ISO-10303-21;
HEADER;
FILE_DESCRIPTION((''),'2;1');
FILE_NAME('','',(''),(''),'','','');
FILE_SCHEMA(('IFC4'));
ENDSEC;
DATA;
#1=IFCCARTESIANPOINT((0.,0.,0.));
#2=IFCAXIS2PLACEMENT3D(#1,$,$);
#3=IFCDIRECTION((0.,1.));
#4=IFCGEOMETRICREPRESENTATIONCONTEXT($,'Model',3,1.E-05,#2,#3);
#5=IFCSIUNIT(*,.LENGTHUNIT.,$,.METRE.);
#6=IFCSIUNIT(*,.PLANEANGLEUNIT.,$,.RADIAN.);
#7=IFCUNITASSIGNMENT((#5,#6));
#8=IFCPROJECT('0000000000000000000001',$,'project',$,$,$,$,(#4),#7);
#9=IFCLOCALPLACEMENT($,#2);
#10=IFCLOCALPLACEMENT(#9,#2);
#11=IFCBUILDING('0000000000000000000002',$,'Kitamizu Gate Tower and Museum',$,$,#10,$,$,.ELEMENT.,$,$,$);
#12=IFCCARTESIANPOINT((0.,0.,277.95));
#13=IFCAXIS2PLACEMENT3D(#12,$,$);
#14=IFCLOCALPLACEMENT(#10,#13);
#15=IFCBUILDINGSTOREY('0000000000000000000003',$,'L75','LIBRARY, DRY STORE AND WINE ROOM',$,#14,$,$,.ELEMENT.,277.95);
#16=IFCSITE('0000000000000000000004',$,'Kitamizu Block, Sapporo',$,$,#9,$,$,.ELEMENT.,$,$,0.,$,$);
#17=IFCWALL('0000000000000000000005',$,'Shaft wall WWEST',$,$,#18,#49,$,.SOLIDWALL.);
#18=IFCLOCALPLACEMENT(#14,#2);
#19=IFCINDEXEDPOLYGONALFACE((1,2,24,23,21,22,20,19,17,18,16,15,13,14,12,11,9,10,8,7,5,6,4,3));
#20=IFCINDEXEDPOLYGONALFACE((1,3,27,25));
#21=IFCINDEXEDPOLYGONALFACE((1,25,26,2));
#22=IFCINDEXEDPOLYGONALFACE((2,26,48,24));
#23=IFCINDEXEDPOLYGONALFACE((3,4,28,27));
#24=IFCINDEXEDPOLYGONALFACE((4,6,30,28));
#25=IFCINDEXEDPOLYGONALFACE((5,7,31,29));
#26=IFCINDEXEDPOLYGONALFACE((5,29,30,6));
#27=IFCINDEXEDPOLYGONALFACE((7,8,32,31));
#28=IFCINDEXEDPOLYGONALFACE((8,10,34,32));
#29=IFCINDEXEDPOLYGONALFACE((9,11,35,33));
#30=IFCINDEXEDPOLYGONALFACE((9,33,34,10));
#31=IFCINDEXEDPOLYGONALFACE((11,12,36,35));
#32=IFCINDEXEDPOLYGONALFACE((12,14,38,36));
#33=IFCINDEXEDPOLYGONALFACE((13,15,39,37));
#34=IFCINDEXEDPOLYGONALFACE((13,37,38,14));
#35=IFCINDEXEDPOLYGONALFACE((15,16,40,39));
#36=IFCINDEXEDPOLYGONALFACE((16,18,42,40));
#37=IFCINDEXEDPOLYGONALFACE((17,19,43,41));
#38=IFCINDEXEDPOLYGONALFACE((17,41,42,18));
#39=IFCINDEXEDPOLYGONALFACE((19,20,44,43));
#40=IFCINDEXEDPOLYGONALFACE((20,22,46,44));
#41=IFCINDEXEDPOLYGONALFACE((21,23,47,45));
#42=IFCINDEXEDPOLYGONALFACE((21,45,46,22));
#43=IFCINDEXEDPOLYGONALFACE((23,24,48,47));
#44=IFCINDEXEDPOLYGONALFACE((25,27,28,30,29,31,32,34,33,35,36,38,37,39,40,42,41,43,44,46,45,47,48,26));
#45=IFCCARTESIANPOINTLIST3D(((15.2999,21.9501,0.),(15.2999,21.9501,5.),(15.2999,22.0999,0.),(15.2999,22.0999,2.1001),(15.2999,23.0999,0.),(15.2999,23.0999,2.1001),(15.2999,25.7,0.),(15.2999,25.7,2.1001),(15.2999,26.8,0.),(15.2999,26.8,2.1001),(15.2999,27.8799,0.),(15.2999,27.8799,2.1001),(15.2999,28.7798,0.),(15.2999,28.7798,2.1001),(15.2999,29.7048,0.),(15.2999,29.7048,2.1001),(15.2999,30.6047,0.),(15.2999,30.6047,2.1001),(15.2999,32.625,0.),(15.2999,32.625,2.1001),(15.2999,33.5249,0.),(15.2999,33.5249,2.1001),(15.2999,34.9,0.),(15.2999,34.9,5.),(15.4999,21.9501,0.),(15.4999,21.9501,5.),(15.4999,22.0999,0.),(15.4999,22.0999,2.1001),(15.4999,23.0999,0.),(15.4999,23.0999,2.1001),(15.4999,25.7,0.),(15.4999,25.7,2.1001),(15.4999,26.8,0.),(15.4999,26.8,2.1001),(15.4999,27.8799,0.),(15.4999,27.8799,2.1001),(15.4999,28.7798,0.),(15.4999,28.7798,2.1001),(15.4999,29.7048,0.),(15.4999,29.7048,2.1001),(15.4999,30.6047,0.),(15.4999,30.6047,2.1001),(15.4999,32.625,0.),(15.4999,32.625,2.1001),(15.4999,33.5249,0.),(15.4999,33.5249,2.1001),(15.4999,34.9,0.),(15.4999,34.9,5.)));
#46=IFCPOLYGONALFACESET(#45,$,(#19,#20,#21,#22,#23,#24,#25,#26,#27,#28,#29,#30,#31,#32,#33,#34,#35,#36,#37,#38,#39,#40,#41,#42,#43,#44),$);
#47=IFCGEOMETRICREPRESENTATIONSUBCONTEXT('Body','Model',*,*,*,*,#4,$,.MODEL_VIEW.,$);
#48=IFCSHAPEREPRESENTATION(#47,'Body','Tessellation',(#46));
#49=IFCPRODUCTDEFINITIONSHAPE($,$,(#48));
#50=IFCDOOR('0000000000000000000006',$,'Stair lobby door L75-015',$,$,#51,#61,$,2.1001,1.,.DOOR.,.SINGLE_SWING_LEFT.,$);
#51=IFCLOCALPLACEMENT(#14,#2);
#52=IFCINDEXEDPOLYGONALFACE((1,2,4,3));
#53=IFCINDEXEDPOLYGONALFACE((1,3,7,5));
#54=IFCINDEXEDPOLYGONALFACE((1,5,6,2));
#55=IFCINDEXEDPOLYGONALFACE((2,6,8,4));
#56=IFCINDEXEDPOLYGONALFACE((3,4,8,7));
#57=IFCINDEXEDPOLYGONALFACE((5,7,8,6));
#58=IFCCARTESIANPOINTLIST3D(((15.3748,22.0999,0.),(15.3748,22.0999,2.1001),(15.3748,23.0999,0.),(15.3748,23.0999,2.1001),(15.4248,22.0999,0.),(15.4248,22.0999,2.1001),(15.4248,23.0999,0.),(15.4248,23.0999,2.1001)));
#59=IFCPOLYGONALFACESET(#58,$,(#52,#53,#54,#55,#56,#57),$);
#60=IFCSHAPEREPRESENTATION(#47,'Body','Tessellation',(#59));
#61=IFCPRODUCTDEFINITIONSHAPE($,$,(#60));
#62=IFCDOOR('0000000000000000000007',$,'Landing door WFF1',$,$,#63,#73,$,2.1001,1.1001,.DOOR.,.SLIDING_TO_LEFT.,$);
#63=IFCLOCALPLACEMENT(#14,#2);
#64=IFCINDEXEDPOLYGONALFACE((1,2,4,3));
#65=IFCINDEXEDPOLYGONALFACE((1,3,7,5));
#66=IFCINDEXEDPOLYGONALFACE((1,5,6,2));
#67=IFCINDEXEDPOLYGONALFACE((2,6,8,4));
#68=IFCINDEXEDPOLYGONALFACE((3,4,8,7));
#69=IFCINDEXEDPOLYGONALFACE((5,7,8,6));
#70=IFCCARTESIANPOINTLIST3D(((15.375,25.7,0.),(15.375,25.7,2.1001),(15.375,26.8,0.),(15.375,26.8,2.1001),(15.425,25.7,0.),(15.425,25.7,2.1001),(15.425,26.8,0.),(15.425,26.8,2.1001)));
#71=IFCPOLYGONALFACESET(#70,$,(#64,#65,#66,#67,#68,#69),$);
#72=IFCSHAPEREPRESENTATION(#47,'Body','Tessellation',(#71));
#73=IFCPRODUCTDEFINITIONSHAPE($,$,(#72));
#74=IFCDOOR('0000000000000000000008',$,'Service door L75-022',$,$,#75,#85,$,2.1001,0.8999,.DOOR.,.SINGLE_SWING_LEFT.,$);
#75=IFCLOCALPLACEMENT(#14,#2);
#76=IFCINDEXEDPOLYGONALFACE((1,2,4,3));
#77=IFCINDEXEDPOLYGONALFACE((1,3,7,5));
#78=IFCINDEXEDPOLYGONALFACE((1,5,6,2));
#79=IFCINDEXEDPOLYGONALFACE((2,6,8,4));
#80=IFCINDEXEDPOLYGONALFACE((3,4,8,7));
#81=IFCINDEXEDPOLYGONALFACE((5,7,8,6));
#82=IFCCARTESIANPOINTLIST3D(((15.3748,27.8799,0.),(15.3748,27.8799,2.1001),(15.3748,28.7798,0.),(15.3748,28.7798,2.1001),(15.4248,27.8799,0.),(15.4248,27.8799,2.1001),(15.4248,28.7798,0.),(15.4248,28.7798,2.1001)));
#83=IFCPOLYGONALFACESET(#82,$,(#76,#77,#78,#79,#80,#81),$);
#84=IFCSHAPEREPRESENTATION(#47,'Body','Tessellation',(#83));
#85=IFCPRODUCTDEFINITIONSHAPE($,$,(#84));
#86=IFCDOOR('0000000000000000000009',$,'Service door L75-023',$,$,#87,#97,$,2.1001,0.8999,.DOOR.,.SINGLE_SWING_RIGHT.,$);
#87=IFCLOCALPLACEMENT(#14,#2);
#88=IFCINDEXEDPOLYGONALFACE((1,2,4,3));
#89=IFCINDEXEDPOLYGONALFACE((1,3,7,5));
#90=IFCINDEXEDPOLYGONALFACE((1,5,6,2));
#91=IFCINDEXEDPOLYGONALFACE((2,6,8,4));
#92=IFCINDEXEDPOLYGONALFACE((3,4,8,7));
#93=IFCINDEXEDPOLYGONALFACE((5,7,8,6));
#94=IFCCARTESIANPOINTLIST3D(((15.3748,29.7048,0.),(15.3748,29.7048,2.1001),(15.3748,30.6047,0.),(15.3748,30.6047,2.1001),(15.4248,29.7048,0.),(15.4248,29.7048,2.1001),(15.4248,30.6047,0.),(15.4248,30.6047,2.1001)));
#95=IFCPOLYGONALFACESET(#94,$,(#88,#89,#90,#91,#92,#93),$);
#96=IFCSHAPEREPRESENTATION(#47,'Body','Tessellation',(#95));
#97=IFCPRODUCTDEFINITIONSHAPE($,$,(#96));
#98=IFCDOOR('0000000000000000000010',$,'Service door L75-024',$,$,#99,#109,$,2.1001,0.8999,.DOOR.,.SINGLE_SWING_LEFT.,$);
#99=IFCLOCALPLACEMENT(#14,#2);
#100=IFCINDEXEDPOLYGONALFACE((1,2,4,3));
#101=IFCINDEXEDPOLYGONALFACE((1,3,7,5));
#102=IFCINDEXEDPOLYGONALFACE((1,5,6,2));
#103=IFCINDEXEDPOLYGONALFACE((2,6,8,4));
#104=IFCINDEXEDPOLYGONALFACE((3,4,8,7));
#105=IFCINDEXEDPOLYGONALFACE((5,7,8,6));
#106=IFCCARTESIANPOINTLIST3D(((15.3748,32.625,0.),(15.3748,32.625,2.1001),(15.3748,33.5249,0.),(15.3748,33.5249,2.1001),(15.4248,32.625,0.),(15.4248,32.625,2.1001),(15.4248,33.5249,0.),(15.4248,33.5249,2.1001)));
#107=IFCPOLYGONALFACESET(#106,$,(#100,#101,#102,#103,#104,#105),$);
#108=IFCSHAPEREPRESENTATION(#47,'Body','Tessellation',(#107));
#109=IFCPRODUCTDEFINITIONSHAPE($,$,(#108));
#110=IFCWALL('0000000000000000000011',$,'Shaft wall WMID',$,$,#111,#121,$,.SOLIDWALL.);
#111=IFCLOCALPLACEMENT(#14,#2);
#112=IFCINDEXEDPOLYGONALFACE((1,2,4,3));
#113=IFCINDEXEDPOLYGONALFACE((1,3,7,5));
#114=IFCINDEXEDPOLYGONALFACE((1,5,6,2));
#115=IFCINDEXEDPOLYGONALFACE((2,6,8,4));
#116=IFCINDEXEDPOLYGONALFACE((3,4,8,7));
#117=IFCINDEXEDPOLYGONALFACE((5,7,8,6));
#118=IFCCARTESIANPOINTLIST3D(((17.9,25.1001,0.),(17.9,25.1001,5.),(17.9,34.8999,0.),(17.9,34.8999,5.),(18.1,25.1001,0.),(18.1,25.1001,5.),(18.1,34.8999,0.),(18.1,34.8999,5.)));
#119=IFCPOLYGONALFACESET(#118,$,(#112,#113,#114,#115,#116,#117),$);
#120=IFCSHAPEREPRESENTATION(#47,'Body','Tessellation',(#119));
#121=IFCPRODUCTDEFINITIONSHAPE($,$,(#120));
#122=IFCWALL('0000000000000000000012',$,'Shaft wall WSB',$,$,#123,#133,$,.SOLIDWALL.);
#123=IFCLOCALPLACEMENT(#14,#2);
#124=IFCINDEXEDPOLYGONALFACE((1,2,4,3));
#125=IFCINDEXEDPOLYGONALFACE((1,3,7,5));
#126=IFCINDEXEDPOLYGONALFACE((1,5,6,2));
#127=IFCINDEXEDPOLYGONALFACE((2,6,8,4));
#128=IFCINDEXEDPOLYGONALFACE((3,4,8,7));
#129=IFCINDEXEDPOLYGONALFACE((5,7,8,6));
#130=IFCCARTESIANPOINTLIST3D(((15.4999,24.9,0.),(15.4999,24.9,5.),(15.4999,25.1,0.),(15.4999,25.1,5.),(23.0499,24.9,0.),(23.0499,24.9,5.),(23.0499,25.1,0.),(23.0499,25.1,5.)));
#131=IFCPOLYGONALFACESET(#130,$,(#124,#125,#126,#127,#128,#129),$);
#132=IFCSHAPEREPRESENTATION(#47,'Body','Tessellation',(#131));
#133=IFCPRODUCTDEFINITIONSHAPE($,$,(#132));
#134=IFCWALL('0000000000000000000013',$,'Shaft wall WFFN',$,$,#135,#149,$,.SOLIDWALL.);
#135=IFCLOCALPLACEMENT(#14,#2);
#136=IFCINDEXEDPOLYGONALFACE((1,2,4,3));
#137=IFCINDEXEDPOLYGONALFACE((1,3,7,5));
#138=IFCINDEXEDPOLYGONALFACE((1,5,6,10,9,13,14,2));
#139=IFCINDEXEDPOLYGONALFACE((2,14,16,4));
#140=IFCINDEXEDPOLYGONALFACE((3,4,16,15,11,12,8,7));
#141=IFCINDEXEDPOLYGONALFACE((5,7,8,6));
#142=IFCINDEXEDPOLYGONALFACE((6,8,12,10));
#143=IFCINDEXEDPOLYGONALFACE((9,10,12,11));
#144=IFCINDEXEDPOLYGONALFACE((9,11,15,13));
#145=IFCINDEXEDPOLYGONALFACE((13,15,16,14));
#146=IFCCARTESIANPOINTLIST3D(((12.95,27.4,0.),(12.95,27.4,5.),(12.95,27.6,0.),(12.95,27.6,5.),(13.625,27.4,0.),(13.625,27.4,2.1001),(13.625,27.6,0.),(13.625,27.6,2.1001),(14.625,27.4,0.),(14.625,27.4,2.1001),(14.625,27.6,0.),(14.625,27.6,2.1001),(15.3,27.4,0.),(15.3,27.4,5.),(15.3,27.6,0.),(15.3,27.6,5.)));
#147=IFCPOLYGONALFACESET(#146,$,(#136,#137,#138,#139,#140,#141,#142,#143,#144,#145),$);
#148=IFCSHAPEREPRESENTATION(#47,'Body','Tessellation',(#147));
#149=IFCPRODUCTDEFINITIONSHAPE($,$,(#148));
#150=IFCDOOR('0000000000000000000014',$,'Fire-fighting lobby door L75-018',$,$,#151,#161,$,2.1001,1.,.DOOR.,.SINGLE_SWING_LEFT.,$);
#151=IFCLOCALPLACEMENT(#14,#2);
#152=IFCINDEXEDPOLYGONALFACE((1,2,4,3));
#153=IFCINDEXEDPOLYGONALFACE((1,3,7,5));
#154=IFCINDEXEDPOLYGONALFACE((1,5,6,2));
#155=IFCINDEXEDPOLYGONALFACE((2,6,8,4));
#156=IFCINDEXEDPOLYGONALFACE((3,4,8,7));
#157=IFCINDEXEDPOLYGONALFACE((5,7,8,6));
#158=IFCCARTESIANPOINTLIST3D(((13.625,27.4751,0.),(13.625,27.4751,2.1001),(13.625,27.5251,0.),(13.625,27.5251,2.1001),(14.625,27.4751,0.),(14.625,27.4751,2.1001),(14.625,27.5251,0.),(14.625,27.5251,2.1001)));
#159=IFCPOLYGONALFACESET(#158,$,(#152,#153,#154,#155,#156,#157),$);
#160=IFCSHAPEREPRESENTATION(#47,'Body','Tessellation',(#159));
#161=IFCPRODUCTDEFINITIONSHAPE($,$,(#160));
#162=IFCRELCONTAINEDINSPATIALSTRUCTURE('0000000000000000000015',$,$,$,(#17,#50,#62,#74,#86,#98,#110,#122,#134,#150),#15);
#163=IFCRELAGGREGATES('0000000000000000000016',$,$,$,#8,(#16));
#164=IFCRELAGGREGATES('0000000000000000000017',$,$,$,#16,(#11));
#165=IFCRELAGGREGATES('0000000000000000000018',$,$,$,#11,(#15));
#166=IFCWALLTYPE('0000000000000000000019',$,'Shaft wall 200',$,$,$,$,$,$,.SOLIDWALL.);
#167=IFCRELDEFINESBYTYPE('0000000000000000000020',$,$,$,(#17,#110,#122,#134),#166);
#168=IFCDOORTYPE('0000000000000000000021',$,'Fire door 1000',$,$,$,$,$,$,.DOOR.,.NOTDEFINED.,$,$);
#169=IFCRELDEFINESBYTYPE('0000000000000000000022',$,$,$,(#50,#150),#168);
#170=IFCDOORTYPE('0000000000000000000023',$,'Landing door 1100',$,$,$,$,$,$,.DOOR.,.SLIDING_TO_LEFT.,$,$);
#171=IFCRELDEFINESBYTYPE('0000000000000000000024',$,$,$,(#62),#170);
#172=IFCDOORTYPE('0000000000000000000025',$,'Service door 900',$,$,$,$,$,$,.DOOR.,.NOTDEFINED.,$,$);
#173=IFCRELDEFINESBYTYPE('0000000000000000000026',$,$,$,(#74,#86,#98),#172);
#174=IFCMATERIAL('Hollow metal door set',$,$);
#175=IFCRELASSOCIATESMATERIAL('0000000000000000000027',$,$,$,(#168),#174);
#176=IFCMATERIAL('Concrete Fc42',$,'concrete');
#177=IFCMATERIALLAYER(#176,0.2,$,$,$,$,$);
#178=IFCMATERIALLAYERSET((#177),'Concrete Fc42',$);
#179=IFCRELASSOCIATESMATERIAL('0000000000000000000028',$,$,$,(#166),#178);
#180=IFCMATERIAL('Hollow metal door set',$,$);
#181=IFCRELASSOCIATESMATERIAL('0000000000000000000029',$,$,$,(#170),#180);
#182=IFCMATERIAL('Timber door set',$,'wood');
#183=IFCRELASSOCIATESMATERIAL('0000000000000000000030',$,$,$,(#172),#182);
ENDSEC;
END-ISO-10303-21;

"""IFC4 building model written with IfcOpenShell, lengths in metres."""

from ifc_helpers import new_model, si_unit, direction, frame, frame_2d, origin, place, context, subcontext, project, spatial, rectangle, extrude, material, layer, layer_set, type_object, element, fill, save


model = new_model("IFC4")

# Units and contexts
model_context = context("Model", 3, precision=1e-05, world=origin(), true_north=direction((0.0, 1.0)))
body_context = subcontext(model_context, "Body", "Model", "MODEL_VIEW")
ifc_project = project(units=[si_unit("LENGTHUNIT", "METRE"), si_unit("PLANEANGLEUNIT", "RADIAN")], contexts=[model_context])

# Site, building, storey
site_placement = place(None, origin())
site = spatial("IfcSite", under=ifc_project, at=site_placement, Name="Kitamizu Block, Sapporo", CompositionType="ELEMENT", RefElevation=0.0)
building_placement = place(site_placement, origin())
building = spatial("IfcBuilding", under=site, at=building_placement, Name="Kitamizu Gate Tower and Museum", CompositionType="ELEMENT")
storey_placement = place(building_placement, frame((0.0, 0.0, 277.95)))
storey = spatial("IfcBuildingStorey", under=building, at=storey_placement, Name="L75", Description="LIBRARY, DRY STORE AND WINE ROOM", CompositionType="ELEMENT", Elevation=277.95)

# Shared definitions
ifc_material_1 = material(Name="Hollow metal door set")
door_type_1 = type_object("IfcDoorType", Name="Fire door 1000", OperationType="NOTDEFINED", PredefinedType="DOOR", material=ifc_material_1)

# Wall, openings, doors
ifc_material_2 = material(Name="Concrete Fc42", Category="concrete")
ifc_layer_1 = layer(ifc_material_2, 0.2)
ifc_layer_set_1 = layer_set([ifc_layer_1], Name="Concrete Fc42")
wall_type_1 = type_object("IfcWallType", Name="Shaft wall 200", PredefinedType="SOLIDWALL", material=ifc_layer_set_1)
wall_1_placement = place(storey_placement, frame((15.3999, 21.95, 0.0), z_axis=(0.0, 0.0, 1.0), x_axis=(0.0, 1.0, 0.0)))
wall_1 = element("IfcWall", 1, at=wall_1_placement, inside=storey, type_object=wall_type_1, Name="Shaft wall WWEST", PredefinedType="SOLIDWALL", context=body_context, shape_type="SweptSolid", body=[
    extrude(rectangle(XDim=12.95, YDim=0.2, at=frame_2d((6.4751, 0.0))), origin(), (0.0, 0.0, 1.0), 5.0),
])
opening_1_placement = place(wall_1_placement, frame((3.75, 0.0, 0.0)))
opening_1 = element("IfcOpeningElement", 2, at=opening_1_placement, cuts=wall_1, PredefinedType="OPENING", context=body_context, shape_type="SweptSolid", body=[
    extrude(rectangle(XDim=1.1001, YDim=2.1001, at=frame_2d((0.55, 1.05))), frame((0.0, 0.1099, 0.0), z_axis=(0.0, -1.0, 0.0), x_axis=(1.0, 0.0, 0.0)), (0.0, 0.0, 1.0), 0.22),
])
opening_2_placement = place(wall_1_placement, frame((0.1499, 0.0, 0.0)))
opening_2 = element("IfcOpeningElement", 3, at=opening_2_placement, cuts=wall_1, PredefinedType="OPENING", context=body_context, shape_type="SweptSolid", body=[
    extrude(rectangle(XDim=1.0, YDim=2.1001, at=frame_2d((0.5, 1.05))), frame((0.0, 0.1099, 0.0), z_axis=(0.0, -1.0, 0.0), x_axis=(1.0, 0.0, 0.0)), (0.0, 0.0, 1.0), 0.22),
])
opening_3_placement = place(wall_1_placement, frame((5.9299, 0.0, 0.0)))
opening_3 = element("IfcOpeningElement", 4, at=opening_3_placement, cuts=wall_1, PredefinedType="OPENING", context=body_context, shape_type="SweptSolid", body=[
    extrude(rectangle(XDim=0.8999, YDim=2.1001, at=frame_2d((0.45, 1.05))), frame((0.0, 0.1099, 0.0), z_axis=(0.0, -1.0, 0.0), x_axis=(1.0, 0.0, 0.0)), (0.0, 0.0, 1.0), 0.22),
])
opening_4_placement = place(wall_1_placement, frame((7.7549, 0.0, 0.0)))
opening_4 = element("IfcOpeningElement", 5, at=opening_4_placement, cuts=wall_1, PredefinedType="OPENING", context=body_context, shape_type="SweptSolid", body=[
    extrude(rectangle(XDim=0.8999, YDim=2.1001, at=frame_2d((0.45, 1.05))), frame((0.0, 0.1099, 0.0), z_axis=(0.0, -1.0, 0.0), x_axis=(1.0, 0.0, 0.0)), (0.0, 0.0, 1.0), 0.22),
])
opening_5_placement = place(wall_1_placement, frame((10.675, 0.0, 0.0)))
opening_5 = element("IfcOpeningElement", 6, at=opening_5_placement, cuts=wall_1, PredefinedType="OPENING", context=body_context, shape_type="SweptSolid", body=[
    extrude(rectangle(XDim=0.8999, YDim=2.1001, at=frame_2d((0.45, 1.05))), frame((0.0, 0.1099, 0.0), z_axis=(0.0, -1.0, 0.0), x_axis=(1.0, 0.0, 0.0)), (0.0, 0.0, 1.0), 0.22),
])
door_1_placement = place(opening_2_placement, frame((1.0, 0.0, 0.0), x_axis=(-1.0, 0.0, 0.0)))
door_1 = element("IfcDoor", 7, at=door_1_placement, inside=storey, type_object=door_type_1, Name="Stair lobby door L75-015", OperationType="SINGLE_SWING_LEFT", OverallHeight=2.1001, OverallWidth=1.0, PredefinedType="DOOR", context=body_context, shape_type="SweptSolid", body=[
    extrude(rectangle(XDim=1.0, YDim=2.1001, at=frame_2d((0.5, 1.05))), frame((0.0, 0.0249, 0.0), z_axis=(0.0, -1.0, 0.0), x_axis=(1.0, 0.0, 0.0)), (0.0, 0.0, 1.0), 0.05),
])
fill(opening_2, door_1)
ifc_material_3 = material(Name="Hollow metal door set")
door_type_2 = type_object("IfcDoorType", Name="Landing door 1100", OperationType="SLIDING_TO_LEFT", PredefinedType="DOOR", material=ifc_material_3)
door_2_placement = place(opening_1_placement, origin())
door_2 = element("IfcDoor", 8, at=door_2_placement, inside=storey, type_object=door_type_2, Name="Landing door WFF1", OperationType="SLIDING_TO_LEFT", OverallHeight=2.1001, OverallWidth=1.1001, PredefinedType="DOOR", context=body_context, shape_type="SweptSolid", body=[
    extrude(rectangle(XDim=1.1001, YDim=2.1001, at=frame_2d((0.55, 1.05))), frame((0.0, 0.0249, 0.0), z_axis=(0.0, -1.0, 0.0), x_axis=(1.0, 0.0, 0.0)), (0.0, 0.0, 1.0), 0.05),
])
fill(opening_1, door_2)
ifc_material_4 = material(Name="Timber door set", Category="wood")
door_type_3 = type_object("IfcDoorType", Name="Service door 900", OperationType="NOTDEFINED", PredefinedType="DOOR", material=ifc_material_4)
door_3_placement = place(opening_3_placement, frame((0.8999, 0.0, 0.0), x_axis=(-1.0, 0.0, 0.0)))
door_3 = element("IfcDoor", 9, at=door_3_placement, inside=storey, type_object=door_type_3, Name="Service door L75-022", OperationType="SINGLE_SWING_LEFT", OverallHeight=2.1001, OverallWidth=0.8999, PredefinedType="DOOR", context=body_context, shape_type="SweptSolid", body=[
    extrude(rectangle(XDim=0.8999, YDim=2.1001, at=frame_2d((0.45, 1.05))), frame((0.0, 0.0249, 0.0), z_axis=(0.0, -1.0, 0.0), x_axis=(1.0, 0.0, 0.0)), (0.0, 0.0, 1.0), 0.05),
])
fill(opening_3, door_3)
door_4_placement = place(opening_4_placement, frame((0.8999, 0.0, 0.0), x_axis=(-1.0, 0.0, 0.0)))
door_4 = element("IfcDoor", 10, at=door_4_placement, inside=storey, type_object=door_type_3, Name="Service door L75-023", OperationType="SINGLE_SWING_RIGHT", OverallHeight=2.1001, OverallWidth=0.8999, PredefinedType="DOOR", context=body_context, shape_type="SweptSolid", body=[
    extrude(rectangle(XDim=0.8999, YDim=2.1001, at=frame_2d((0.45, 1.05))), frame((0.0, 0.0249, 0.0), z_axis=(0.0, -1.0, 0.0), x_axis=(1.0, 0.0, 0.0)), (0.0, 0.0, 1.0), 0.05),
])
fill(opening_4, door_4)
door_5_placement = place(opening_5_placement, frame((0.8999, 0.0, 0.0), x_axis=(-1.0, 0.0, 0.0)))
door_5 = element("IfcDoor", 11, at=door_5_placement, inside=storey, type_object=door_type_3, Name="Service door L75-024", OperationType="SINGLE_SWING_LEFT", OverallHeight=2.1001, OverallWidth=0.8999, PredefinedType="DOOR", context=body_context, shape_type="SweptSolid", body=[
    extrude(rectangle(XDim=0.8999, YDim=2.1001, at=frame_2d((0.45, 1.05))), frame((0.0, 0.0249, 0.0), z_axis=(0.0, -1.0, 0.0), x_axis=(1.0, 0.0, 0.0)), (0.0, 0.0, 1.0), 0.05),
])
fill(opening_5, door_5)

# Walls
wall_2_placement = place(storey_placement, frame((18.0, 25.1001, 0.0), z_axis=(0.0, 0.0, 1.0), x_axis=(0.0, 1.0, 0.0)))
element("IfcWall", 12, at=wall_2_placement, inside=storey, type_object=wall_type_1, Name="Shaft wall WMID", PredefinedType="SOLIDWALL", context=body_context, shape_type="SweptSolid", body=[
    extrude(rectangle(XDim=9.7998, YDim=0.2, at=frame_2d((4.8999, 0.0))), origin(), (0.0, 0.0, 1.0), 5.0),
])
wall_3_placement = place(storey_placement, frame((15.5, 25.0, 0.0), z_axis=(0.0, 0.0, 1.0), x_axis=(1.0, 0.0, 0.0)))
element("IfcWall", 13, at=wall_3_placement, inside=storey, type_object=wall_type_1, Name="Shaft wall WSB", PredefinedType="SOLIDWALL", context=body_context, shape_type="SweptSolid", body=[
    extrude(rectangle(XDim=7.55, YDim=0.2, at=frame_2d((3.7749, 0.0))), origin(), (0.0, 0.0, 1.0), 5.0),
])

# Wall, opening, door
wall_4_placement = place(storey_placement, frame((12.95, 27.5, 0.0), z_axis=(0.0, 0.0, 1.0), x_axis=(1.0, 0.0, 0.0)))
wall_4 = element("IfcWall", 14, at=wall_4_placement, inside=storey, type_object=wall_type_1, Name="Shaft wall WFFN", PredefinedType="SOLIDWALL", context=body_context, shape_type="SweptSolid", body=[
    extrude(rectangle(XDim=2.3501, YDim=0.2, at=frame_2d((1.175, 0.0))), origin(), (0.0, 0.0, 1.0), 5.0),
])
opening_6_placement = place(wall_4_placement, frame((0.675, 0.0, 0.0)))
opening_6 = element("IfcOpeningElement", 15, at=opening_6_placement, cuts=wall_4, PredefinedType="OPENING", context=body_context, shape_type="SweptSolid", body=[
    extrude(rectangle(XDim=1.0, YDim=2.1001, at=frame_2d((0.5, 1.05))), frame((0.0, 0.1099, 0.0), z_axis=(0.0, -1.0, 0.0), x_axis=(1.0, 0.0, 0.0)), (0.0, 0.0, 1.0), 0.22),
])
door_6_placement = place(opening_6_placement, frame((1.0, 0.0, 0.0), x_axis=(-1.0, 0.0, 0.0)))
door_6 = element("IfcDoor", 16, at=door_6_placement, inside=storey, type_object=door_type_1, Name="Fire-fighting lobby door L75-018", OperationType="SINGLE_SWING_LEFT", OverallHeight=2.1001, OverallWidth=1.0, PredefinedType="DOOR", context=body_context, shape_type="SweptSolid", body=[
    extrude(rectangle(XDim=1.0, YDim=2.1001, at=frame_2d((0.5, 1.05))), frame((0.0, 0.0249, 0.0), z_axis=(0.0, -1.0, 0.0), x_axis=(1.0, 0.0, 0.0)), (0.0, 0.0, 1.0), 0.05),
])
fill(opening_6, door_6)

save(model, "model.ifc")
